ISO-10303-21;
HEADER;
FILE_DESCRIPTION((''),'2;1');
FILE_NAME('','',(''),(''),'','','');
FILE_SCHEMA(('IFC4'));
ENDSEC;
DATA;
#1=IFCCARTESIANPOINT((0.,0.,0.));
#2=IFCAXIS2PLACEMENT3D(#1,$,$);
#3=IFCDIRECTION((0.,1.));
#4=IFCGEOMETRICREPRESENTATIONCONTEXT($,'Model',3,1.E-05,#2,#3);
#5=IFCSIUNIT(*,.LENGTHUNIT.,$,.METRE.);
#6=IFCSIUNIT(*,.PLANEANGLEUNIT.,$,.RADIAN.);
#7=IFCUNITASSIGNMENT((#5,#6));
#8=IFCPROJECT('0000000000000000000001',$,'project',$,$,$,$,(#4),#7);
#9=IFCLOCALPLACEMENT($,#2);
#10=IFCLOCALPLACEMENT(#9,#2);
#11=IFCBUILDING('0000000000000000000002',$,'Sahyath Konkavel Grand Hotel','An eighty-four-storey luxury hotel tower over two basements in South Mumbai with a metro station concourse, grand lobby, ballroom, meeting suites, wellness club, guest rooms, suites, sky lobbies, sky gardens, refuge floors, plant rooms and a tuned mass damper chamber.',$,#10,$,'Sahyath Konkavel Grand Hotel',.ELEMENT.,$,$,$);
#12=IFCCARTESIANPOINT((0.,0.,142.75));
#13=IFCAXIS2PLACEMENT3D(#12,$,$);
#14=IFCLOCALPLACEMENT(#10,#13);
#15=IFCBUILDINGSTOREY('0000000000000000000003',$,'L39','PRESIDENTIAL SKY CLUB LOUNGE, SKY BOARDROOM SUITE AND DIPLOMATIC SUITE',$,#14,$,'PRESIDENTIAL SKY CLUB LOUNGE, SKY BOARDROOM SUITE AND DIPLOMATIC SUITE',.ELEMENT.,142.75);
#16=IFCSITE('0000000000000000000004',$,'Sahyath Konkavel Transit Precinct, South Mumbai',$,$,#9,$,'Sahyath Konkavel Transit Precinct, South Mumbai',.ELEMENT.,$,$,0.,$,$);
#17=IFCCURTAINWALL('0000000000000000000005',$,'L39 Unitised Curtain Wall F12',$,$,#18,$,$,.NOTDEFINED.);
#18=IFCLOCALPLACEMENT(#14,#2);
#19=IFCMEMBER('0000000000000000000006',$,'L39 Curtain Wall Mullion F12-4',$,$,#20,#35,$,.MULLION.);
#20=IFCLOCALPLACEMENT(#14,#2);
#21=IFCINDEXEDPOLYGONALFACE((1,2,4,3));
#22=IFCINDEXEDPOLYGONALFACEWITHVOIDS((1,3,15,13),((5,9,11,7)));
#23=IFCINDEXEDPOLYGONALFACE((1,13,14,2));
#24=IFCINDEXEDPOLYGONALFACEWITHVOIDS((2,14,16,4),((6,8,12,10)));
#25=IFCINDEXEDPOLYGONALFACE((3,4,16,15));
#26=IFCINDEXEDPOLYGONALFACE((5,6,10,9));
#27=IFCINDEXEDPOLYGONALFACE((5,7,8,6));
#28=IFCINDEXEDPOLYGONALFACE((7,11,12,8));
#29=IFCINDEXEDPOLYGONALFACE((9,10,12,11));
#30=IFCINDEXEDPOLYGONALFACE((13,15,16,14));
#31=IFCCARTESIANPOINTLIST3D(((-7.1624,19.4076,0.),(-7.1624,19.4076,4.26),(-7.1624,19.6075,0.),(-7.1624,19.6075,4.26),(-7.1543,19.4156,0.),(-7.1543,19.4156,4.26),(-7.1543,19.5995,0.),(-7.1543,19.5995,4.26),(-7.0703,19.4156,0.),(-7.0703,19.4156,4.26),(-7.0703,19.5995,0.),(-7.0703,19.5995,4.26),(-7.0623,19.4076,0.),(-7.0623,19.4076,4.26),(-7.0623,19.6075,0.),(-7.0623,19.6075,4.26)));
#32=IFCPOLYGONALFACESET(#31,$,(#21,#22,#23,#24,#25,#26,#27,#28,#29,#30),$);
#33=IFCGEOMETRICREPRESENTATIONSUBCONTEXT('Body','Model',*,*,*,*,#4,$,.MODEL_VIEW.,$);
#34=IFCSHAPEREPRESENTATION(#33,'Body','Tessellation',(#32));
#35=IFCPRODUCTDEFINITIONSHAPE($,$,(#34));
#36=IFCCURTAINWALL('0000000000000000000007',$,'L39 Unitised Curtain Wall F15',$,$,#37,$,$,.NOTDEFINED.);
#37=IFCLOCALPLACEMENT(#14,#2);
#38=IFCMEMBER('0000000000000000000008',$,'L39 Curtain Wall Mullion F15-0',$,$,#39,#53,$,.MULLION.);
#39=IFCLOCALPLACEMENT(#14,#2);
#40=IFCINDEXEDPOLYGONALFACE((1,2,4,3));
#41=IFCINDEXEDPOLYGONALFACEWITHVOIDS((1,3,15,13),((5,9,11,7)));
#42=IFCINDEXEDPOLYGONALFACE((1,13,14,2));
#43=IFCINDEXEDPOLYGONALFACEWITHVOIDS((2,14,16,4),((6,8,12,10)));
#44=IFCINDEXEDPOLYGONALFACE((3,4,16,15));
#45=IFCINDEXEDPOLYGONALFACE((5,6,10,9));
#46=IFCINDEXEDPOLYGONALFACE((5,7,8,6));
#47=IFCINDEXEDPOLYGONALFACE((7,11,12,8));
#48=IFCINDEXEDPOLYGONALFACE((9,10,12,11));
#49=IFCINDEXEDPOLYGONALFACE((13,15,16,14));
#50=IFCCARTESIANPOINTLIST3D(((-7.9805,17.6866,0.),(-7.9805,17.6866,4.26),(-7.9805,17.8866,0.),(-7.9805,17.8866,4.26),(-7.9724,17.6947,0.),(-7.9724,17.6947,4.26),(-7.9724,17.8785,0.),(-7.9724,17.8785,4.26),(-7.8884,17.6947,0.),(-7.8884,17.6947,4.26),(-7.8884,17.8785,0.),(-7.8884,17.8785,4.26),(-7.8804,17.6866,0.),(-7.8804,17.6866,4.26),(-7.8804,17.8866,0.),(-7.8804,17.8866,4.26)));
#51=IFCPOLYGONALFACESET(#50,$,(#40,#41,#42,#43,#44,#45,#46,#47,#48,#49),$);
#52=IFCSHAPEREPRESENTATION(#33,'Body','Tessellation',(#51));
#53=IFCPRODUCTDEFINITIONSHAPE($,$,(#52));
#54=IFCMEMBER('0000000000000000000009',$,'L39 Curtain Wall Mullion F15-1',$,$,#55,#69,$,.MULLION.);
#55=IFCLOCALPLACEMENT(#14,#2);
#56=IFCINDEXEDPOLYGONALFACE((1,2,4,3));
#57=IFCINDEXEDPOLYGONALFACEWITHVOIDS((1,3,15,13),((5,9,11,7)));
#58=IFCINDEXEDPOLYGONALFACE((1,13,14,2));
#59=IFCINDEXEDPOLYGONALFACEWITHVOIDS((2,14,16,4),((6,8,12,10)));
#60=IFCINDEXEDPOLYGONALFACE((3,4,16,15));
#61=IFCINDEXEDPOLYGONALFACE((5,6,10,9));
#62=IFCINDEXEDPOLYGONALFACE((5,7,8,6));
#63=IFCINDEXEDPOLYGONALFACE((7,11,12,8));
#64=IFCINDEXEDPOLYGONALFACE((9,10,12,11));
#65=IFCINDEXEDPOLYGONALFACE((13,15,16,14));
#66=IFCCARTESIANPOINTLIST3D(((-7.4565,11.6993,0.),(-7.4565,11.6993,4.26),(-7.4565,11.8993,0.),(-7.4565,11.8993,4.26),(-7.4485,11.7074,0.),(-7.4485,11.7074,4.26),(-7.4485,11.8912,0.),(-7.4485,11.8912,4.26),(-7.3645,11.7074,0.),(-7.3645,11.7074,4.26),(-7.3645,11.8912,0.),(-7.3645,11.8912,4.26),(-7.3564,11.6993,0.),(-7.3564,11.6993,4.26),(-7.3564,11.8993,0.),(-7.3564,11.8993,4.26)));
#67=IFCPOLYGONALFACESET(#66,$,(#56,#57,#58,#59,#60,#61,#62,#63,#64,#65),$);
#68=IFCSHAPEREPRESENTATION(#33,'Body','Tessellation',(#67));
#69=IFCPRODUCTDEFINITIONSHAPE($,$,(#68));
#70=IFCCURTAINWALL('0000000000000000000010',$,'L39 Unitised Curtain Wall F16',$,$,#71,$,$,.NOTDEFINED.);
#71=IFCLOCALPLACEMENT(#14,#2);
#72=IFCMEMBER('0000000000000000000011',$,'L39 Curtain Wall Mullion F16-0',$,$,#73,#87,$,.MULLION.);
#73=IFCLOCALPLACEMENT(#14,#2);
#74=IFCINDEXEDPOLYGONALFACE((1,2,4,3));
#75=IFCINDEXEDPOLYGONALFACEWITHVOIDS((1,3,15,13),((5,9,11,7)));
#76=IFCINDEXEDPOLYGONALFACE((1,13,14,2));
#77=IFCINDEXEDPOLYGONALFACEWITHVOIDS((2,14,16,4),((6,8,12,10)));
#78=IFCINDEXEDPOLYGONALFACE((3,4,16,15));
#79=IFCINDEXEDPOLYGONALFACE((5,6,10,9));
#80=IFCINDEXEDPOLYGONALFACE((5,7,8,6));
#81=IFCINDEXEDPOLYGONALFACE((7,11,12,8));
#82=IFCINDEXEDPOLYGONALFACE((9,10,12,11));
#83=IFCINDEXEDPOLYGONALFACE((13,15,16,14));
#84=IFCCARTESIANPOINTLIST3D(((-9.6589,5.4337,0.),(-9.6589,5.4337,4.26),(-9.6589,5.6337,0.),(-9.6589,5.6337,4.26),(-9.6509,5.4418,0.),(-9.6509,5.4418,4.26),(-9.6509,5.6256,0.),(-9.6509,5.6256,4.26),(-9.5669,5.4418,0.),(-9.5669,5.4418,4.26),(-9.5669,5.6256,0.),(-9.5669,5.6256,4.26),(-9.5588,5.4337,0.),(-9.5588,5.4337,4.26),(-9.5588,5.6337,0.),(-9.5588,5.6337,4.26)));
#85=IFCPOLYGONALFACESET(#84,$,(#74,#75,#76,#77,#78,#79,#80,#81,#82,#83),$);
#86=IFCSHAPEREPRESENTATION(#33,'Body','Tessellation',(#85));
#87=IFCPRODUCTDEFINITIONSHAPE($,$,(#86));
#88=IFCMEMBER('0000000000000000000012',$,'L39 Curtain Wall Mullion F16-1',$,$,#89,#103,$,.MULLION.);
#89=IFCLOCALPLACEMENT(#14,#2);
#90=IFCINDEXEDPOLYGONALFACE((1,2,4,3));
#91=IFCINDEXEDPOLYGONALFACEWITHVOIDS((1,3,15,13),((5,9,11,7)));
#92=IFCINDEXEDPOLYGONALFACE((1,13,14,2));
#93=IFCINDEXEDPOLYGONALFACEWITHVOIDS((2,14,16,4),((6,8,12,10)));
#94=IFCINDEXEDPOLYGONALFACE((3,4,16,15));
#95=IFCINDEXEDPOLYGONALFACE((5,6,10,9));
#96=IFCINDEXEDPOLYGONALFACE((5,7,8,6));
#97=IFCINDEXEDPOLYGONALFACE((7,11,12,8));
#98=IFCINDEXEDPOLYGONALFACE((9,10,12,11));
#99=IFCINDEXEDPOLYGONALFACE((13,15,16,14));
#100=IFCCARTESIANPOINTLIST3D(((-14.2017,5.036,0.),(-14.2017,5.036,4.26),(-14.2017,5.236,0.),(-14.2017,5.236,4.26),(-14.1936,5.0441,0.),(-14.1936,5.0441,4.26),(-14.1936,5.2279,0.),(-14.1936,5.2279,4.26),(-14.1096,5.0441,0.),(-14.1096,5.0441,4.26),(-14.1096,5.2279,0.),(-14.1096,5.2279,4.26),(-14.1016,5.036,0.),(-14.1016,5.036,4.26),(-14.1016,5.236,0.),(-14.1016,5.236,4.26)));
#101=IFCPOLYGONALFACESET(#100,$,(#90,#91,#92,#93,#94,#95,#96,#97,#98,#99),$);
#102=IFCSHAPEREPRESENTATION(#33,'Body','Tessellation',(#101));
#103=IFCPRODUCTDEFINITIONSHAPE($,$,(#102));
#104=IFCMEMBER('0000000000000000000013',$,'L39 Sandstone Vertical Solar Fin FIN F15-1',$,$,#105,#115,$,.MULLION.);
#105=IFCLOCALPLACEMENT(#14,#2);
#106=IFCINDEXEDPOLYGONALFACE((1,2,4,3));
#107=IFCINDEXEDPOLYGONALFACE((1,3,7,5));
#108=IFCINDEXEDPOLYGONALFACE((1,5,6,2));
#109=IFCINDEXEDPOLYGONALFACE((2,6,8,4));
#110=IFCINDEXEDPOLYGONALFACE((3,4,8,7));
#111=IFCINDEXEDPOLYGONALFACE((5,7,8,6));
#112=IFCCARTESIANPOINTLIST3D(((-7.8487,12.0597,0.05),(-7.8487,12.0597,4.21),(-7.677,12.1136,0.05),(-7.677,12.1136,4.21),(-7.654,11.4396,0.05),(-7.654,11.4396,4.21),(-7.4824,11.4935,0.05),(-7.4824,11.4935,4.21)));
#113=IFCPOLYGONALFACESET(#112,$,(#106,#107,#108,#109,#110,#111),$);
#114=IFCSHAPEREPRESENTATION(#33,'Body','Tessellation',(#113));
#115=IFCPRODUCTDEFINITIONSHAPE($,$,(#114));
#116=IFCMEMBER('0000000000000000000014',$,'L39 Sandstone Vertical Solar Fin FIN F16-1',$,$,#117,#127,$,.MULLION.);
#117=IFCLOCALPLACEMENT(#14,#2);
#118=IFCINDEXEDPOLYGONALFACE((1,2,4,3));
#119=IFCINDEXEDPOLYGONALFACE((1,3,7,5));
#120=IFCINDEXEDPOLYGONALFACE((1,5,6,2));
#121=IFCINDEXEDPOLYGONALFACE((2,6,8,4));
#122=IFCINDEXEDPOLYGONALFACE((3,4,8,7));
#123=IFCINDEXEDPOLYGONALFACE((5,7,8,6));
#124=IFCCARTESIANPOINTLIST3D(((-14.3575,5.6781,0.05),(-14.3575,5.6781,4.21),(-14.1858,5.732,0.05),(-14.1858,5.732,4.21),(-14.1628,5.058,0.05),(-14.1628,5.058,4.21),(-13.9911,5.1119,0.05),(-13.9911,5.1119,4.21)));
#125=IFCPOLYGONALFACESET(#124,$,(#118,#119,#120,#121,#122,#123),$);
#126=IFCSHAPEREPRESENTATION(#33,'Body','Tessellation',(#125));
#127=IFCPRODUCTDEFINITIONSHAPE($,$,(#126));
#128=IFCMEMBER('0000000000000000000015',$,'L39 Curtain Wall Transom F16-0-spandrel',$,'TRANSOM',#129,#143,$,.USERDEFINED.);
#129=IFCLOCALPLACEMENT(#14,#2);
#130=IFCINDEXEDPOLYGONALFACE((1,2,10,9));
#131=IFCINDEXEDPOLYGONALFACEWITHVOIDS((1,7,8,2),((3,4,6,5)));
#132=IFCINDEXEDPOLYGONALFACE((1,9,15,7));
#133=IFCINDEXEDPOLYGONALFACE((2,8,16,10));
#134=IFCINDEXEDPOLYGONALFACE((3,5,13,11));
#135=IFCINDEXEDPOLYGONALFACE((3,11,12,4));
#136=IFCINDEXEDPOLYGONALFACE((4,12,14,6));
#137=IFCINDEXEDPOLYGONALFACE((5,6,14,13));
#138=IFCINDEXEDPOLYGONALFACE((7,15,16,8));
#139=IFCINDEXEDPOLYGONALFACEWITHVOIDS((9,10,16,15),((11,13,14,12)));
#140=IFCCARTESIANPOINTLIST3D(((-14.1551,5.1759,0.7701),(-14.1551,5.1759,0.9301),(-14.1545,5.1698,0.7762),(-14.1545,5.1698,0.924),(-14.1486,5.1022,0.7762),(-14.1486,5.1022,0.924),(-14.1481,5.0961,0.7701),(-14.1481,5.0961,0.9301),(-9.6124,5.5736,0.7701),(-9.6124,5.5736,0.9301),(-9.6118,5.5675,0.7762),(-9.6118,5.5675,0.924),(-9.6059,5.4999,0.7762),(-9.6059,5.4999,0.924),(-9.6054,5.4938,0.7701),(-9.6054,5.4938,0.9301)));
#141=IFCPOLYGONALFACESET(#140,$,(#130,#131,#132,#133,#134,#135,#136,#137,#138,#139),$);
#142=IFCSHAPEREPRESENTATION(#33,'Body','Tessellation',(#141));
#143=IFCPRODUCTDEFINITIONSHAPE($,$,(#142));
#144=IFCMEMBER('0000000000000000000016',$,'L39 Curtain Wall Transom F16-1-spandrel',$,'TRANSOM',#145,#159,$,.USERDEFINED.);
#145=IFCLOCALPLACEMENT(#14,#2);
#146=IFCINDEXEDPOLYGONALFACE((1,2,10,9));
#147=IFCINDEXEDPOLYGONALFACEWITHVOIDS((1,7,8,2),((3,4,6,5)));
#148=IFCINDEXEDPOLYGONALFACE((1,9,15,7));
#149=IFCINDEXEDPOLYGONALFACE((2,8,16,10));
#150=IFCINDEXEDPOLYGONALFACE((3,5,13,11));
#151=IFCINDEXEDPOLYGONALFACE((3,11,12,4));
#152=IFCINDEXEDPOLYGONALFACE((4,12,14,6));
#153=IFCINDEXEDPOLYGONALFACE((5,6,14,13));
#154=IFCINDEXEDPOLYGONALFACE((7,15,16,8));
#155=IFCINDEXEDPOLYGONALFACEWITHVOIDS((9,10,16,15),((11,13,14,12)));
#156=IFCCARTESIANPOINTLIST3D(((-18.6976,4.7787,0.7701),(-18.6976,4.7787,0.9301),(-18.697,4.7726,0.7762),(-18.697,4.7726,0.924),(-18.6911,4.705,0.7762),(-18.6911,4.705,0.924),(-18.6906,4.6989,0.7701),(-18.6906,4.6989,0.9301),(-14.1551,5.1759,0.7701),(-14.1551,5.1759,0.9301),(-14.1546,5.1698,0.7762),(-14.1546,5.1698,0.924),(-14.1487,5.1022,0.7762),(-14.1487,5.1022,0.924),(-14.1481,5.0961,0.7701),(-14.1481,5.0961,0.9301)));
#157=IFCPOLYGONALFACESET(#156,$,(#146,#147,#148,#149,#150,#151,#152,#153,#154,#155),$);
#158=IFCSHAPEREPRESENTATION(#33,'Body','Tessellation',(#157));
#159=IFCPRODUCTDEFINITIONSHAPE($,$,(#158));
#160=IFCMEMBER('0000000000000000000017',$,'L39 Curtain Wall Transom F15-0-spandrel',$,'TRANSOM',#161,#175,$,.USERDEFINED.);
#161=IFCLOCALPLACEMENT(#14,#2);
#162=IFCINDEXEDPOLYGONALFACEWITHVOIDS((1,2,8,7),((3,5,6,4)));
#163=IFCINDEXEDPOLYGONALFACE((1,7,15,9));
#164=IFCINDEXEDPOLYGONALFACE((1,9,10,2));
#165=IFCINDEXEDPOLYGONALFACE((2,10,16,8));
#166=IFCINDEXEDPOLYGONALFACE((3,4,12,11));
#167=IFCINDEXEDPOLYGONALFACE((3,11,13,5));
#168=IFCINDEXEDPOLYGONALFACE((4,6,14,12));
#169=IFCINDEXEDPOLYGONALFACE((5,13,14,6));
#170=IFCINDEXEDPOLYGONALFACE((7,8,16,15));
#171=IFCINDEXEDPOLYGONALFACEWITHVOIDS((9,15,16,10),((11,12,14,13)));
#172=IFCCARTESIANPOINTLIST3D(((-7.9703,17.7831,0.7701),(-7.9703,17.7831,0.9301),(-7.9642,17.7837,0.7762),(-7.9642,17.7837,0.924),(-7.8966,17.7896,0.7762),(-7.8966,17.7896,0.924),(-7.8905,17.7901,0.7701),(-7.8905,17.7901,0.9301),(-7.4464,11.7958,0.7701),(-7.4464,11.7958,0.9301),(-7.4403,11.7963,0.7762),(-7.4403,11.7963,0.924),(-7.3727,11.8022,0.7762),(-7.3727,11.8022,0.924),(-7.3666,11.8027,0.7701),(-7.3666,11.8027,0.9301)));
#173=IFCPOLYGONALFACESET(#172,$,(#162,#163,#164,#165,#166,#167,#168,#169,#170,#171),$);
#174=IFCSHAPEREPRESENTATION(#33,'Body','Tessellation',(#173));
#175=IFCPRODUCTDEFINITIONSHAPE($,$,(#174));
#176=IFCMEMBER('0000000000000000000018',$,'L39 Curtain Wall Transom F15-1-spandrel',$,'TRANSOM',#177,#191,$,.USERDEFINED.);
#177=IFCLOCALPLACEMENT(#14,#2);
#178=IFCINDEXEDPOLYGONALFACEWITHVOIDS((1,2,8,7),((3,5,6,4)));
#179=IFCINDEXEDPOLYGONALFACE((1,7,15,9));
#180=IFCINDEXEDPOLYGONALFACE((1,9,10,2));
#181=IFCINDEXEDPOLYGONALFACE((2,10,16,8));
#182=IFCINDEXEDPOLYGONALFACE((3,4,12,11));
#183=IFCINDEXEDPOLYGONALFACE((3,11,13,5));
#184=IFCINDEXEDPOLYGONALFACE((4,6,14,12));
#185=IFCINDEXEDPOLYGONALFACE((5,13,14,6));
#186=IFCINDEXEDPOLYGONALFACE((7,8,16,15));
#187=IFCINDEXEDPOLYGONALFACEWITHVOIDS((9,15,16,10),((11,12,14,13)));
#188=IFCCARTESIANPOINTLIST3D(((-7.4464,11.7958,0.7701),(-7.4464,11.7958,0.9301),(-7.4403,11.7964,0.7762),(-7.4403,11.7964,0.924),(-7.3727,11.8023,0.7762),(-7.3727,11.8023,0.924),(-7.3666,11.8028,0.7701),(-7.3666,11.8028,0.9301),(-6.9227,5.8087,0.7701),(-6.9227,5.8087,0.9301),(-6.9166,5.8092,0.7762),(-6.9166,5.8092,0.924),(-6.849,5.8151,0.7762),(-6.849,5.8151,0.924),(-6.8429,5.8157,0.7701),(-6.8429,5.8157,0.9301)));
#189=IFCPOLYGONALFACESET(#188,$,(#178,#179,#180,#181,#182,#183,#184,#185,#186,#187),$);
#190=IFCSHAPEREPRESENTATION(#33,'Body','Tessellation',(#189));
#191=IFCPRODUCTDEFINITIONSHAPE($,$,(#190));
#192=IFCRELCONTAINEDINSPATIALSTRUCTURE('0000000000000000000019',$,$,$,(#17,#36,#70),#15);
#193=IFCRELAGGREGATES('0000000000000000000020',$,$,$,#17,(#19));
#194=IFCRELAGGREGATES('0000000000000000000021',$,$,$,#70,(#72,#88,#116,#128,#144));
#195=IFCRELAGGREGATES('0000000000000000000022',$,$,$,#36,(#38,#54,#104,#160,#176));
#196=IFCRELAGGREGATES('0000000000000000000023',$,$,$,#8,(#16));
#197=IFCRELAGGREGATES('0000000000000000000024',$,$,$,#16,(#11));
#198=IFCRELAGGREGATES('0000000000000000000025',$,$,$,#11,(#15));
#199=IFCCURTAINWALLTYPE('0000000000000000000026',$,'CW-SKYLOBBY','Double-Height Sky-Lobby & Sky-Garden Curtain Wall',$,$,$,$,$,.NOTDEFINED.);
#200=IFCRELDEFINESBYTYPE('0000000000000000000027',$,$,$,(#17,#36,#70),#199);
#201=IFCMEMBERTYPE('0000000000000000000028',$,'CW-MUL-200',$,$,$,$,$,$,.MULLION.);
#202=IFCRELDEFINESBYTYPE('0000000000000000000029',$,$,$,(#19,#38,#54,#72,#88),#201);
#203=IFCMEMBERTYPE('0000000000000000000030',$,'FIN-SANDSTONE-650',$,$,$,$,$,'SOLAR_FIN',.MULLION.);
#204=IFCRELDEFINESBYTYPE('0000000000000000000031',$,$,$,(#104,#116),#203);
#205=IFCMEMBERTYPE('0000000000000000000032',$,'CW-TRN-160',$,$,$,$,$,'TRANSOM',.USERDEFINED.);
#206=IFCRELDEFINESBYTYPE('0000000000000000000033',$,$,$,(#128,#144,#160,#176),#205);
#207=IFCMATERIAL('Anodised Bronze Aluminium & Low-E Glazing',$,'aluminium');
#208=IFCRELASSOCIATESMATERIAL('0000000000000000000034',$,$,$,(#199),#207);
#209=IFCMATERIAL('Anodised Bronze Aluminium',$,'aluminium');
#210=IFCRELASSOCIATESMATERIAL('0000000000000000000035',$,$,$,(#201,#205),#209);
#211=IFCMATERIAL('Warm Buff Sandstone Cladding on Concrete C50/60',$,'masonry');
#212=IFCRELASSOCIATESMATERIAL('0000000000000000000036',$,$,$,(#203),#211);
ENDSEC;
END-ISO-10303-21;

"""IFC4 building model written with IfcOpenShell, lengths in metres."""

from ifc_helpers import new_model, si_unit, direction, frame, origin, origin_2d, place, context, subcontext, project, spatial, rectangle, hollow_rectangle, extrude, source, transform, mapped, material, material_profile, profile_set, type_object, element, aggregate, save


model = new_model("IFC4")

# Units and contexts
model_context = context("Model", 3, precision=1e-05, world=origin(), true_north=direction((0.0, 1.0)))
body_context = subcontext(model_context, "Body", "Model", "MODEL_VIEW")
ifc_project = project(units=[si_unit("LENGTHUNIT", "METRE"), si_unit("PLANEANGLEUNIT", "RADIAN")], contexts=[model_context])

# Site, building, storey
site_placement = place(None, origin())
site = spatial("IfcSite", under=ifc_project, at=site_placement, Name="Sahyath Konkavel Transit Precinct, South Mumbai", LongName="Sahyath Konkavel Transit Precinct, South Mumbai", CompositionType="ELEMENT", RefElevation=0.0)
building_placement = place(site_placement, origin())
building = spatial("IfcBuilding", under=site, at=building_placement, Name="Sahyath Konkavel Grand Hotel", Description="An eighty-four-storey luxury hotel tower over two basements in South Mumbai with a metro station concourse, grand lobby, ballroom, meeting suites, wellness club, guest rooms, suites, sky lobbies, sky gardens, refuge floors, plant rooms and a tuned mass damper chamber.", LongName="Sahyath Konkavel Grand Hotel", CompositionType="ELEMENT")
storey_placement = place(building_placement, frame((0.0, 0.0, 142.75)))
storey = spatial("IfcBuildingStorey", under=building, at=storey_placement, Name="L39", Description="PRESIDENTIAL SKY CLUB LOUNGE, SKY BOARDROOM SUITE AND DIPLOMATIC SUITE", LongName="PRESIDENTIAL SKY CLUB LOUNGE, SKY BOARDROOM SUITE AND DIPLOMATIC SUITE", CompositionType="ELEMENT", Elevation=142.75)

# Curtain wall, member
ifc_material_1 = material(Name="Anodised Bronze Aluminium & Low-E Glazing", Category="aluminium")
curtain_wall_type = type_object("IfcCurtainWallType", Name="CW-SKYLOBBY", Description="Double-Height Sky-Lobby & Sky-Garden Curtain Wall", PredefinedType="NOTDEFINED", material=ifc_material_1)
curtain_wall_1_placement = place(storey_placement, origin())
curtain_wall_1 = element("IfcCurtainWall", 1, at=curtain_wall_1_placement, inside=storey, type_object=curtain_wall_type, Name="L39 Unitised Curtain Wall F12", PredefinedType="NOTDEFINED")
ifc_material_2 = material(Name="Anodised Bronze Aluminium", Category="aluminium")
ifc_material_profile_1 = material_profile(ifc_material_2, hollow_rectangle(XDim=0.1001, YDim=0.2, WallThickness=0.0081, at=origin_2d()), Name="RHS 200x100x8")
ifc_profile_set_1 = profile_set([ifc_material_profile_1], Name="Anodised Bronze Aluminium")
member_type_1 = type_object("IfcMemberType", Name="CW-MUL-200", PredefinedType="MULLION", material=ifc_profile_set_1)
shared_shape_1 = source(origin(), body_context, "Body", "SweptSolid", [
    extrude(hollow_rectangle(XDim=0.1001, YDim=0.2, WallThickness=0.0081, at=origin_2d()), origin(), (0.0, 0.0, 1.0), 4.26),
])
member_1_placement = place(storey_placement, frame((-7.1123, 19.5076, 0.0), z_axis=(0.0, 0.0, 1.0), x_axis=(1.0, 0.0, 0.0)))
member_1 = element("IfcMember", 2, at=member_1_placement, type_object=member_type_1, Name="L39 Curtain Wall Mullion F12-4", PredefinedType="MULLION", context=body_context, shape_type="MappedRepresentation", body=[
    mapped(shared_shape_1, transform((0.0, 0.0, 0.0), scale=1.0)),
])
aggregate(curtain_wall_1, [member_1])

# Curtain walls, members
curtain_wall_2_placement = place(storey_placement, origin())
curtain_wall_2 = element("IfcCurtainWall", 3, at=curtain_wall_2_placement, inside=storey, type_object=curtain_wall_type, Name="L39 Unitised Curtain Wall F15", PredefinedType="NOTDEFINED")
member_2_placement = place(storey_placement, frame((-7.9304, 17.7866, 0.0), z_axis=(0.0, 0.0, 1.0), x_axis=(1.0, 0.0, 0.0)))
member_2 = element("IfcMember", 4, at=member_2_placement, type_object=member_type_1, Name="L39 Curtain Wall Mullion F15-0", PredefinedType="MULLION", context=body_context, shape_type="MappedRepresentation", body=[
    mapped(shared_shape_1, transform((0.0, 0.0, 0.0), scale=1.0)),
])
member_3_placement = place(storey_placement, frame((-7.4065, 11.7993, 0.0), z_axis=(0.0, 0.0, 1.0), x_axis=(1.0, 0.0, 0.0)))
member_3 = element("IfcMember", 5, at=member_3_placement, type_object=member_type_1, Name="L39 Curtain Wall Mullion F15-1", PredefinedType="MULLION", context=body_context, shape_type="MappedRepresentation", body=[
    mapped(shared_shape_1, transform((0.0, 0.0, 0.0), scale=1.0)),
])
curtain_wall_3_placement = place(storey_placement, origin())
curtain_wall_3 = element("IfcCurtainWall", 6, at=curtain_wall_3_placement, inside=storey, type_object=curtain_wall_type, Name="L39 Unitised Curtain Wall F16", PredefinedType="NOTDEFINED")
member_4_placement = place(storey_placement, frame((-9.6089, 5.5337, 0.0), z_axis=(0.0, 0.0, 1.0), x_axis=(1.0, 0.0, 0.0)))
member_4 = element("IfcMember", 7, at=member_4_placement, type_object=member_type_1, Name="L39 Curtain Wall Mullion F16-0", PredefinedType="MULLION", context=body_context, shape_type="MappedRepresentation", body=[
    mapped(shared_shape_1, transform((0.0, 0.0, 0.0), scale=1.0)),
])
member_5_placement = place(storey_placement, frame((-14.1516, 5.136, 0.0), z_axis=(0.0, 0.0, 1.0), x_axis=(1.0, 0.0, 0.0)))
member_5 = element("IfcMember", 8, at=member_5_placement, type_object=member_type_1, Name="L39 Curtain Wall Mullion F16-1", PredefinedType="MULLION", context=body_context, shape_type="MappedRepresentation", body=[
    mapped(shared_shape_1, transform((0.0, 0.0, 0.0), scale=1.0)),
])

# Members
ifc_material_3 = material(Name="Warm Buff Sandstone Cladding on Concrete C50/60", Category="masonry")
ifc_material_profile_2 = material_profile(ifc_material_3, rectangle(XDim=0.1799, YDim=0.6499, at=origin_2d()), Name="FIN 180x650")
ifc_profile_set_2 = profile_set([ifc_material_profile_2], Name="Warm Buff Sandstone Cladding on Concrete C50/60")
member_type_2 = type_object("IfcMemberType", Name="FIN-SANDSTONE-650", ElementType="SOLAR_FIN", PredefinedType="MULLION", material=ifc_profile_set_2)
shared_shape_2 = source(origin(), body_context, "Body", "SweptSolid", [
    extrude(rectangle(XDim=0.1799, YDim=0.6499, at=origin_2d()), origin(), (0.0, 0.0, 1.0), 4.1599),
])
member_6_placement = place(storey_placement, frame((-7.6655, 11.7766, 0.05), z_axis=(0.0, 0.0, 1.0), x_axis=(0.954084, 0.29954, 0.0)))
member_6 = element("IfcMember", 9, at=member_6_placement, type_object=member_type_2, Name="L39 Sandstone Vertical Solar Fin FIN F15-1", PredefinedType="MULLION", context=body_context, shape_type="MappedRepresentation", body=[
    mapped(shared_shape_2, transform((0.0, 0.0, 0.0), scale=1.0)),
])
member_7_placement = place(storey_placement, frame((-14.1743, 5.395, 0.05), z_axis=(0.0, 0.0, 1.0), x_axis=(0.954084, 0.29954, 0.0)))
member_7 = element("IfcMember", 10, at=member_7_placement, type_object=member_type_2, Name="L39 Sandstone Vertical Solar Fin FIN F16-1", PredefinedType="MULLION", context=body_context, shape_type="MappedRepresentation", body=[
    mapped(shared_shape_2, transform((0.0, 0.0, 0.0), scale=1.0)),
])
ifc_material_profile_3 = material_profile(ifc_material_2, hollow_rectangle(XDim=0.0801, YDim=0.1599, WallThickness=0.0061, at=origin_2d()), Name="RHS 160x80x6")
ifc_profile_set_3 = profile_set([ifc_material_profile_3], Name="Anodised Bronze Aluminium")
member_type_3 = type_object("IfcMemberType", Name="CW-TRN-160", ElementType="TRANSOM", PredefinedType="USERDEFINED", material=ifc_profile_set_3)
shared_shape_3 = source(origin(), body_context, "Body", "SweptSolid", [
    extrude(hollow_rectangle(XDim=0.0801, YDim=0.1599, WallThickness=0.0061, at=origin_2d()), origin(), (0.0, 0.0, 1.0), 4.5601),
])
member_8_placement = place(storey_placement, frame((-9.6089, 5.5337, 0.8501), z_axis=(-0.99619, -0.087214, 0.0), x_axis=(0.087214, -0.99619, 0.0)))
member_8 = element("IfcMember", 11, at=member_8_placement, type_object=member_type_3, Name="L39 Curtain Wall Transom F16-0-spandrel", ObjectType="TRANSOM", PredefinedType="USERDEFINED", context=body_context, shape_type="MappedRepresentation", body=[
    mapped(shared_shape_3, transform((0.0, 0.0, 0.0), scale=1.0)),
])
shared_shape_4 = source(origin(), body_context, "Body", "SweptSolid", [
    extrude(hollow_rectangle(XDim=0.0801, YDim=0.1599, WallThickness=0.0061, at=origin_2d()), origin(), (0.0, 0.0, 1.0), 4.5598),
])
member_9_placement = place(storey_placement, frame((-14.1516, 5.136, 0.8501), z_axis=(-0.996198, -0.087112, 0.0), x_axis=(0.087112, -0.996198, 0.0)))
member_9 = element("IfcMember", 12, at=member_9_placement, type_object=member_type_3, Name="L39 Curtain Wall Transom F16-1-spandrel", ObjectType="TRANSOM", PredefinedType="USERDEFINED", context=body_context, shape_type="MappedRepresentation", body=[
    mapped(shared_shape_4, transform((0.0, 0.0, 0.0), scale=1.0)),
])
shared_shape_5 = source(origin(), body_context, "Body", "SweptSolid", [
    extrude(hollow_rectangle(XDim=0.0801, YDim=0.1599, WallThickness=0.0061, at=origin_2d()), origin(), (0.0, 0.0, 1.0), 6.0103),
])
member_10_placement = place(storey_placement, frame((-7.9304, 17.7866, 0.8501), z_axis=(0.087173, -0.996193, 0.0), x_axis=(0.996193, 0.087173, 0.0)))
member_10 = element("IfcMember", 13, at=member_10_placement, type_object=member_type_3, Name="L39 Curtain Wall Transom F15-0-spandrel", ObjectType="TRANSOM", PredefinedType="USERDEFINED", context=body_context, shape_type="MappedRepresentation", body=[
    mapped(shared_shape_5, transform((0.0, 0.0, 0.0), scale=1.0)),
])
shared_shape_6 = source(origin(), body_context, "Body", "SweptSolid", [
    extrude(hollow_rectangle(XDim=0.0801, YDim=0.1599, WallThickness=0.0061, at=origin_2d()), origin(), (0.0, 0.0, 1.0), 6.01),
])
member_11_placement = place(storey_placement, frame((-7.4065, 11.7993, 0.8501), z_axis=(0.087136, -0.996196, 0.0), x_axis=(0.996196, 0.087136, 0.0)))
member_11 = element("IfcMember", 14, at=member_11_placement, type_object=member_type_3, Name="L39 Curtain Wall Transom F15-1-spandrel", ObjectType="TRANSOM", PredefinedType="USERDEFINED", context=body_context, shape_type="MappedRepresentation", body=[
    mapped(shared_shape_6, transform((0.0, 0.0, 0.0), scale=1.0)),
])

aggregate(curtain_wall_3, [member_4, member_5, member_7, member_8, member_9])
aggregate(curtain_wall_2, [member_2, member_3, member_6, member_10, member_11])

save(model, "model.ifc")
